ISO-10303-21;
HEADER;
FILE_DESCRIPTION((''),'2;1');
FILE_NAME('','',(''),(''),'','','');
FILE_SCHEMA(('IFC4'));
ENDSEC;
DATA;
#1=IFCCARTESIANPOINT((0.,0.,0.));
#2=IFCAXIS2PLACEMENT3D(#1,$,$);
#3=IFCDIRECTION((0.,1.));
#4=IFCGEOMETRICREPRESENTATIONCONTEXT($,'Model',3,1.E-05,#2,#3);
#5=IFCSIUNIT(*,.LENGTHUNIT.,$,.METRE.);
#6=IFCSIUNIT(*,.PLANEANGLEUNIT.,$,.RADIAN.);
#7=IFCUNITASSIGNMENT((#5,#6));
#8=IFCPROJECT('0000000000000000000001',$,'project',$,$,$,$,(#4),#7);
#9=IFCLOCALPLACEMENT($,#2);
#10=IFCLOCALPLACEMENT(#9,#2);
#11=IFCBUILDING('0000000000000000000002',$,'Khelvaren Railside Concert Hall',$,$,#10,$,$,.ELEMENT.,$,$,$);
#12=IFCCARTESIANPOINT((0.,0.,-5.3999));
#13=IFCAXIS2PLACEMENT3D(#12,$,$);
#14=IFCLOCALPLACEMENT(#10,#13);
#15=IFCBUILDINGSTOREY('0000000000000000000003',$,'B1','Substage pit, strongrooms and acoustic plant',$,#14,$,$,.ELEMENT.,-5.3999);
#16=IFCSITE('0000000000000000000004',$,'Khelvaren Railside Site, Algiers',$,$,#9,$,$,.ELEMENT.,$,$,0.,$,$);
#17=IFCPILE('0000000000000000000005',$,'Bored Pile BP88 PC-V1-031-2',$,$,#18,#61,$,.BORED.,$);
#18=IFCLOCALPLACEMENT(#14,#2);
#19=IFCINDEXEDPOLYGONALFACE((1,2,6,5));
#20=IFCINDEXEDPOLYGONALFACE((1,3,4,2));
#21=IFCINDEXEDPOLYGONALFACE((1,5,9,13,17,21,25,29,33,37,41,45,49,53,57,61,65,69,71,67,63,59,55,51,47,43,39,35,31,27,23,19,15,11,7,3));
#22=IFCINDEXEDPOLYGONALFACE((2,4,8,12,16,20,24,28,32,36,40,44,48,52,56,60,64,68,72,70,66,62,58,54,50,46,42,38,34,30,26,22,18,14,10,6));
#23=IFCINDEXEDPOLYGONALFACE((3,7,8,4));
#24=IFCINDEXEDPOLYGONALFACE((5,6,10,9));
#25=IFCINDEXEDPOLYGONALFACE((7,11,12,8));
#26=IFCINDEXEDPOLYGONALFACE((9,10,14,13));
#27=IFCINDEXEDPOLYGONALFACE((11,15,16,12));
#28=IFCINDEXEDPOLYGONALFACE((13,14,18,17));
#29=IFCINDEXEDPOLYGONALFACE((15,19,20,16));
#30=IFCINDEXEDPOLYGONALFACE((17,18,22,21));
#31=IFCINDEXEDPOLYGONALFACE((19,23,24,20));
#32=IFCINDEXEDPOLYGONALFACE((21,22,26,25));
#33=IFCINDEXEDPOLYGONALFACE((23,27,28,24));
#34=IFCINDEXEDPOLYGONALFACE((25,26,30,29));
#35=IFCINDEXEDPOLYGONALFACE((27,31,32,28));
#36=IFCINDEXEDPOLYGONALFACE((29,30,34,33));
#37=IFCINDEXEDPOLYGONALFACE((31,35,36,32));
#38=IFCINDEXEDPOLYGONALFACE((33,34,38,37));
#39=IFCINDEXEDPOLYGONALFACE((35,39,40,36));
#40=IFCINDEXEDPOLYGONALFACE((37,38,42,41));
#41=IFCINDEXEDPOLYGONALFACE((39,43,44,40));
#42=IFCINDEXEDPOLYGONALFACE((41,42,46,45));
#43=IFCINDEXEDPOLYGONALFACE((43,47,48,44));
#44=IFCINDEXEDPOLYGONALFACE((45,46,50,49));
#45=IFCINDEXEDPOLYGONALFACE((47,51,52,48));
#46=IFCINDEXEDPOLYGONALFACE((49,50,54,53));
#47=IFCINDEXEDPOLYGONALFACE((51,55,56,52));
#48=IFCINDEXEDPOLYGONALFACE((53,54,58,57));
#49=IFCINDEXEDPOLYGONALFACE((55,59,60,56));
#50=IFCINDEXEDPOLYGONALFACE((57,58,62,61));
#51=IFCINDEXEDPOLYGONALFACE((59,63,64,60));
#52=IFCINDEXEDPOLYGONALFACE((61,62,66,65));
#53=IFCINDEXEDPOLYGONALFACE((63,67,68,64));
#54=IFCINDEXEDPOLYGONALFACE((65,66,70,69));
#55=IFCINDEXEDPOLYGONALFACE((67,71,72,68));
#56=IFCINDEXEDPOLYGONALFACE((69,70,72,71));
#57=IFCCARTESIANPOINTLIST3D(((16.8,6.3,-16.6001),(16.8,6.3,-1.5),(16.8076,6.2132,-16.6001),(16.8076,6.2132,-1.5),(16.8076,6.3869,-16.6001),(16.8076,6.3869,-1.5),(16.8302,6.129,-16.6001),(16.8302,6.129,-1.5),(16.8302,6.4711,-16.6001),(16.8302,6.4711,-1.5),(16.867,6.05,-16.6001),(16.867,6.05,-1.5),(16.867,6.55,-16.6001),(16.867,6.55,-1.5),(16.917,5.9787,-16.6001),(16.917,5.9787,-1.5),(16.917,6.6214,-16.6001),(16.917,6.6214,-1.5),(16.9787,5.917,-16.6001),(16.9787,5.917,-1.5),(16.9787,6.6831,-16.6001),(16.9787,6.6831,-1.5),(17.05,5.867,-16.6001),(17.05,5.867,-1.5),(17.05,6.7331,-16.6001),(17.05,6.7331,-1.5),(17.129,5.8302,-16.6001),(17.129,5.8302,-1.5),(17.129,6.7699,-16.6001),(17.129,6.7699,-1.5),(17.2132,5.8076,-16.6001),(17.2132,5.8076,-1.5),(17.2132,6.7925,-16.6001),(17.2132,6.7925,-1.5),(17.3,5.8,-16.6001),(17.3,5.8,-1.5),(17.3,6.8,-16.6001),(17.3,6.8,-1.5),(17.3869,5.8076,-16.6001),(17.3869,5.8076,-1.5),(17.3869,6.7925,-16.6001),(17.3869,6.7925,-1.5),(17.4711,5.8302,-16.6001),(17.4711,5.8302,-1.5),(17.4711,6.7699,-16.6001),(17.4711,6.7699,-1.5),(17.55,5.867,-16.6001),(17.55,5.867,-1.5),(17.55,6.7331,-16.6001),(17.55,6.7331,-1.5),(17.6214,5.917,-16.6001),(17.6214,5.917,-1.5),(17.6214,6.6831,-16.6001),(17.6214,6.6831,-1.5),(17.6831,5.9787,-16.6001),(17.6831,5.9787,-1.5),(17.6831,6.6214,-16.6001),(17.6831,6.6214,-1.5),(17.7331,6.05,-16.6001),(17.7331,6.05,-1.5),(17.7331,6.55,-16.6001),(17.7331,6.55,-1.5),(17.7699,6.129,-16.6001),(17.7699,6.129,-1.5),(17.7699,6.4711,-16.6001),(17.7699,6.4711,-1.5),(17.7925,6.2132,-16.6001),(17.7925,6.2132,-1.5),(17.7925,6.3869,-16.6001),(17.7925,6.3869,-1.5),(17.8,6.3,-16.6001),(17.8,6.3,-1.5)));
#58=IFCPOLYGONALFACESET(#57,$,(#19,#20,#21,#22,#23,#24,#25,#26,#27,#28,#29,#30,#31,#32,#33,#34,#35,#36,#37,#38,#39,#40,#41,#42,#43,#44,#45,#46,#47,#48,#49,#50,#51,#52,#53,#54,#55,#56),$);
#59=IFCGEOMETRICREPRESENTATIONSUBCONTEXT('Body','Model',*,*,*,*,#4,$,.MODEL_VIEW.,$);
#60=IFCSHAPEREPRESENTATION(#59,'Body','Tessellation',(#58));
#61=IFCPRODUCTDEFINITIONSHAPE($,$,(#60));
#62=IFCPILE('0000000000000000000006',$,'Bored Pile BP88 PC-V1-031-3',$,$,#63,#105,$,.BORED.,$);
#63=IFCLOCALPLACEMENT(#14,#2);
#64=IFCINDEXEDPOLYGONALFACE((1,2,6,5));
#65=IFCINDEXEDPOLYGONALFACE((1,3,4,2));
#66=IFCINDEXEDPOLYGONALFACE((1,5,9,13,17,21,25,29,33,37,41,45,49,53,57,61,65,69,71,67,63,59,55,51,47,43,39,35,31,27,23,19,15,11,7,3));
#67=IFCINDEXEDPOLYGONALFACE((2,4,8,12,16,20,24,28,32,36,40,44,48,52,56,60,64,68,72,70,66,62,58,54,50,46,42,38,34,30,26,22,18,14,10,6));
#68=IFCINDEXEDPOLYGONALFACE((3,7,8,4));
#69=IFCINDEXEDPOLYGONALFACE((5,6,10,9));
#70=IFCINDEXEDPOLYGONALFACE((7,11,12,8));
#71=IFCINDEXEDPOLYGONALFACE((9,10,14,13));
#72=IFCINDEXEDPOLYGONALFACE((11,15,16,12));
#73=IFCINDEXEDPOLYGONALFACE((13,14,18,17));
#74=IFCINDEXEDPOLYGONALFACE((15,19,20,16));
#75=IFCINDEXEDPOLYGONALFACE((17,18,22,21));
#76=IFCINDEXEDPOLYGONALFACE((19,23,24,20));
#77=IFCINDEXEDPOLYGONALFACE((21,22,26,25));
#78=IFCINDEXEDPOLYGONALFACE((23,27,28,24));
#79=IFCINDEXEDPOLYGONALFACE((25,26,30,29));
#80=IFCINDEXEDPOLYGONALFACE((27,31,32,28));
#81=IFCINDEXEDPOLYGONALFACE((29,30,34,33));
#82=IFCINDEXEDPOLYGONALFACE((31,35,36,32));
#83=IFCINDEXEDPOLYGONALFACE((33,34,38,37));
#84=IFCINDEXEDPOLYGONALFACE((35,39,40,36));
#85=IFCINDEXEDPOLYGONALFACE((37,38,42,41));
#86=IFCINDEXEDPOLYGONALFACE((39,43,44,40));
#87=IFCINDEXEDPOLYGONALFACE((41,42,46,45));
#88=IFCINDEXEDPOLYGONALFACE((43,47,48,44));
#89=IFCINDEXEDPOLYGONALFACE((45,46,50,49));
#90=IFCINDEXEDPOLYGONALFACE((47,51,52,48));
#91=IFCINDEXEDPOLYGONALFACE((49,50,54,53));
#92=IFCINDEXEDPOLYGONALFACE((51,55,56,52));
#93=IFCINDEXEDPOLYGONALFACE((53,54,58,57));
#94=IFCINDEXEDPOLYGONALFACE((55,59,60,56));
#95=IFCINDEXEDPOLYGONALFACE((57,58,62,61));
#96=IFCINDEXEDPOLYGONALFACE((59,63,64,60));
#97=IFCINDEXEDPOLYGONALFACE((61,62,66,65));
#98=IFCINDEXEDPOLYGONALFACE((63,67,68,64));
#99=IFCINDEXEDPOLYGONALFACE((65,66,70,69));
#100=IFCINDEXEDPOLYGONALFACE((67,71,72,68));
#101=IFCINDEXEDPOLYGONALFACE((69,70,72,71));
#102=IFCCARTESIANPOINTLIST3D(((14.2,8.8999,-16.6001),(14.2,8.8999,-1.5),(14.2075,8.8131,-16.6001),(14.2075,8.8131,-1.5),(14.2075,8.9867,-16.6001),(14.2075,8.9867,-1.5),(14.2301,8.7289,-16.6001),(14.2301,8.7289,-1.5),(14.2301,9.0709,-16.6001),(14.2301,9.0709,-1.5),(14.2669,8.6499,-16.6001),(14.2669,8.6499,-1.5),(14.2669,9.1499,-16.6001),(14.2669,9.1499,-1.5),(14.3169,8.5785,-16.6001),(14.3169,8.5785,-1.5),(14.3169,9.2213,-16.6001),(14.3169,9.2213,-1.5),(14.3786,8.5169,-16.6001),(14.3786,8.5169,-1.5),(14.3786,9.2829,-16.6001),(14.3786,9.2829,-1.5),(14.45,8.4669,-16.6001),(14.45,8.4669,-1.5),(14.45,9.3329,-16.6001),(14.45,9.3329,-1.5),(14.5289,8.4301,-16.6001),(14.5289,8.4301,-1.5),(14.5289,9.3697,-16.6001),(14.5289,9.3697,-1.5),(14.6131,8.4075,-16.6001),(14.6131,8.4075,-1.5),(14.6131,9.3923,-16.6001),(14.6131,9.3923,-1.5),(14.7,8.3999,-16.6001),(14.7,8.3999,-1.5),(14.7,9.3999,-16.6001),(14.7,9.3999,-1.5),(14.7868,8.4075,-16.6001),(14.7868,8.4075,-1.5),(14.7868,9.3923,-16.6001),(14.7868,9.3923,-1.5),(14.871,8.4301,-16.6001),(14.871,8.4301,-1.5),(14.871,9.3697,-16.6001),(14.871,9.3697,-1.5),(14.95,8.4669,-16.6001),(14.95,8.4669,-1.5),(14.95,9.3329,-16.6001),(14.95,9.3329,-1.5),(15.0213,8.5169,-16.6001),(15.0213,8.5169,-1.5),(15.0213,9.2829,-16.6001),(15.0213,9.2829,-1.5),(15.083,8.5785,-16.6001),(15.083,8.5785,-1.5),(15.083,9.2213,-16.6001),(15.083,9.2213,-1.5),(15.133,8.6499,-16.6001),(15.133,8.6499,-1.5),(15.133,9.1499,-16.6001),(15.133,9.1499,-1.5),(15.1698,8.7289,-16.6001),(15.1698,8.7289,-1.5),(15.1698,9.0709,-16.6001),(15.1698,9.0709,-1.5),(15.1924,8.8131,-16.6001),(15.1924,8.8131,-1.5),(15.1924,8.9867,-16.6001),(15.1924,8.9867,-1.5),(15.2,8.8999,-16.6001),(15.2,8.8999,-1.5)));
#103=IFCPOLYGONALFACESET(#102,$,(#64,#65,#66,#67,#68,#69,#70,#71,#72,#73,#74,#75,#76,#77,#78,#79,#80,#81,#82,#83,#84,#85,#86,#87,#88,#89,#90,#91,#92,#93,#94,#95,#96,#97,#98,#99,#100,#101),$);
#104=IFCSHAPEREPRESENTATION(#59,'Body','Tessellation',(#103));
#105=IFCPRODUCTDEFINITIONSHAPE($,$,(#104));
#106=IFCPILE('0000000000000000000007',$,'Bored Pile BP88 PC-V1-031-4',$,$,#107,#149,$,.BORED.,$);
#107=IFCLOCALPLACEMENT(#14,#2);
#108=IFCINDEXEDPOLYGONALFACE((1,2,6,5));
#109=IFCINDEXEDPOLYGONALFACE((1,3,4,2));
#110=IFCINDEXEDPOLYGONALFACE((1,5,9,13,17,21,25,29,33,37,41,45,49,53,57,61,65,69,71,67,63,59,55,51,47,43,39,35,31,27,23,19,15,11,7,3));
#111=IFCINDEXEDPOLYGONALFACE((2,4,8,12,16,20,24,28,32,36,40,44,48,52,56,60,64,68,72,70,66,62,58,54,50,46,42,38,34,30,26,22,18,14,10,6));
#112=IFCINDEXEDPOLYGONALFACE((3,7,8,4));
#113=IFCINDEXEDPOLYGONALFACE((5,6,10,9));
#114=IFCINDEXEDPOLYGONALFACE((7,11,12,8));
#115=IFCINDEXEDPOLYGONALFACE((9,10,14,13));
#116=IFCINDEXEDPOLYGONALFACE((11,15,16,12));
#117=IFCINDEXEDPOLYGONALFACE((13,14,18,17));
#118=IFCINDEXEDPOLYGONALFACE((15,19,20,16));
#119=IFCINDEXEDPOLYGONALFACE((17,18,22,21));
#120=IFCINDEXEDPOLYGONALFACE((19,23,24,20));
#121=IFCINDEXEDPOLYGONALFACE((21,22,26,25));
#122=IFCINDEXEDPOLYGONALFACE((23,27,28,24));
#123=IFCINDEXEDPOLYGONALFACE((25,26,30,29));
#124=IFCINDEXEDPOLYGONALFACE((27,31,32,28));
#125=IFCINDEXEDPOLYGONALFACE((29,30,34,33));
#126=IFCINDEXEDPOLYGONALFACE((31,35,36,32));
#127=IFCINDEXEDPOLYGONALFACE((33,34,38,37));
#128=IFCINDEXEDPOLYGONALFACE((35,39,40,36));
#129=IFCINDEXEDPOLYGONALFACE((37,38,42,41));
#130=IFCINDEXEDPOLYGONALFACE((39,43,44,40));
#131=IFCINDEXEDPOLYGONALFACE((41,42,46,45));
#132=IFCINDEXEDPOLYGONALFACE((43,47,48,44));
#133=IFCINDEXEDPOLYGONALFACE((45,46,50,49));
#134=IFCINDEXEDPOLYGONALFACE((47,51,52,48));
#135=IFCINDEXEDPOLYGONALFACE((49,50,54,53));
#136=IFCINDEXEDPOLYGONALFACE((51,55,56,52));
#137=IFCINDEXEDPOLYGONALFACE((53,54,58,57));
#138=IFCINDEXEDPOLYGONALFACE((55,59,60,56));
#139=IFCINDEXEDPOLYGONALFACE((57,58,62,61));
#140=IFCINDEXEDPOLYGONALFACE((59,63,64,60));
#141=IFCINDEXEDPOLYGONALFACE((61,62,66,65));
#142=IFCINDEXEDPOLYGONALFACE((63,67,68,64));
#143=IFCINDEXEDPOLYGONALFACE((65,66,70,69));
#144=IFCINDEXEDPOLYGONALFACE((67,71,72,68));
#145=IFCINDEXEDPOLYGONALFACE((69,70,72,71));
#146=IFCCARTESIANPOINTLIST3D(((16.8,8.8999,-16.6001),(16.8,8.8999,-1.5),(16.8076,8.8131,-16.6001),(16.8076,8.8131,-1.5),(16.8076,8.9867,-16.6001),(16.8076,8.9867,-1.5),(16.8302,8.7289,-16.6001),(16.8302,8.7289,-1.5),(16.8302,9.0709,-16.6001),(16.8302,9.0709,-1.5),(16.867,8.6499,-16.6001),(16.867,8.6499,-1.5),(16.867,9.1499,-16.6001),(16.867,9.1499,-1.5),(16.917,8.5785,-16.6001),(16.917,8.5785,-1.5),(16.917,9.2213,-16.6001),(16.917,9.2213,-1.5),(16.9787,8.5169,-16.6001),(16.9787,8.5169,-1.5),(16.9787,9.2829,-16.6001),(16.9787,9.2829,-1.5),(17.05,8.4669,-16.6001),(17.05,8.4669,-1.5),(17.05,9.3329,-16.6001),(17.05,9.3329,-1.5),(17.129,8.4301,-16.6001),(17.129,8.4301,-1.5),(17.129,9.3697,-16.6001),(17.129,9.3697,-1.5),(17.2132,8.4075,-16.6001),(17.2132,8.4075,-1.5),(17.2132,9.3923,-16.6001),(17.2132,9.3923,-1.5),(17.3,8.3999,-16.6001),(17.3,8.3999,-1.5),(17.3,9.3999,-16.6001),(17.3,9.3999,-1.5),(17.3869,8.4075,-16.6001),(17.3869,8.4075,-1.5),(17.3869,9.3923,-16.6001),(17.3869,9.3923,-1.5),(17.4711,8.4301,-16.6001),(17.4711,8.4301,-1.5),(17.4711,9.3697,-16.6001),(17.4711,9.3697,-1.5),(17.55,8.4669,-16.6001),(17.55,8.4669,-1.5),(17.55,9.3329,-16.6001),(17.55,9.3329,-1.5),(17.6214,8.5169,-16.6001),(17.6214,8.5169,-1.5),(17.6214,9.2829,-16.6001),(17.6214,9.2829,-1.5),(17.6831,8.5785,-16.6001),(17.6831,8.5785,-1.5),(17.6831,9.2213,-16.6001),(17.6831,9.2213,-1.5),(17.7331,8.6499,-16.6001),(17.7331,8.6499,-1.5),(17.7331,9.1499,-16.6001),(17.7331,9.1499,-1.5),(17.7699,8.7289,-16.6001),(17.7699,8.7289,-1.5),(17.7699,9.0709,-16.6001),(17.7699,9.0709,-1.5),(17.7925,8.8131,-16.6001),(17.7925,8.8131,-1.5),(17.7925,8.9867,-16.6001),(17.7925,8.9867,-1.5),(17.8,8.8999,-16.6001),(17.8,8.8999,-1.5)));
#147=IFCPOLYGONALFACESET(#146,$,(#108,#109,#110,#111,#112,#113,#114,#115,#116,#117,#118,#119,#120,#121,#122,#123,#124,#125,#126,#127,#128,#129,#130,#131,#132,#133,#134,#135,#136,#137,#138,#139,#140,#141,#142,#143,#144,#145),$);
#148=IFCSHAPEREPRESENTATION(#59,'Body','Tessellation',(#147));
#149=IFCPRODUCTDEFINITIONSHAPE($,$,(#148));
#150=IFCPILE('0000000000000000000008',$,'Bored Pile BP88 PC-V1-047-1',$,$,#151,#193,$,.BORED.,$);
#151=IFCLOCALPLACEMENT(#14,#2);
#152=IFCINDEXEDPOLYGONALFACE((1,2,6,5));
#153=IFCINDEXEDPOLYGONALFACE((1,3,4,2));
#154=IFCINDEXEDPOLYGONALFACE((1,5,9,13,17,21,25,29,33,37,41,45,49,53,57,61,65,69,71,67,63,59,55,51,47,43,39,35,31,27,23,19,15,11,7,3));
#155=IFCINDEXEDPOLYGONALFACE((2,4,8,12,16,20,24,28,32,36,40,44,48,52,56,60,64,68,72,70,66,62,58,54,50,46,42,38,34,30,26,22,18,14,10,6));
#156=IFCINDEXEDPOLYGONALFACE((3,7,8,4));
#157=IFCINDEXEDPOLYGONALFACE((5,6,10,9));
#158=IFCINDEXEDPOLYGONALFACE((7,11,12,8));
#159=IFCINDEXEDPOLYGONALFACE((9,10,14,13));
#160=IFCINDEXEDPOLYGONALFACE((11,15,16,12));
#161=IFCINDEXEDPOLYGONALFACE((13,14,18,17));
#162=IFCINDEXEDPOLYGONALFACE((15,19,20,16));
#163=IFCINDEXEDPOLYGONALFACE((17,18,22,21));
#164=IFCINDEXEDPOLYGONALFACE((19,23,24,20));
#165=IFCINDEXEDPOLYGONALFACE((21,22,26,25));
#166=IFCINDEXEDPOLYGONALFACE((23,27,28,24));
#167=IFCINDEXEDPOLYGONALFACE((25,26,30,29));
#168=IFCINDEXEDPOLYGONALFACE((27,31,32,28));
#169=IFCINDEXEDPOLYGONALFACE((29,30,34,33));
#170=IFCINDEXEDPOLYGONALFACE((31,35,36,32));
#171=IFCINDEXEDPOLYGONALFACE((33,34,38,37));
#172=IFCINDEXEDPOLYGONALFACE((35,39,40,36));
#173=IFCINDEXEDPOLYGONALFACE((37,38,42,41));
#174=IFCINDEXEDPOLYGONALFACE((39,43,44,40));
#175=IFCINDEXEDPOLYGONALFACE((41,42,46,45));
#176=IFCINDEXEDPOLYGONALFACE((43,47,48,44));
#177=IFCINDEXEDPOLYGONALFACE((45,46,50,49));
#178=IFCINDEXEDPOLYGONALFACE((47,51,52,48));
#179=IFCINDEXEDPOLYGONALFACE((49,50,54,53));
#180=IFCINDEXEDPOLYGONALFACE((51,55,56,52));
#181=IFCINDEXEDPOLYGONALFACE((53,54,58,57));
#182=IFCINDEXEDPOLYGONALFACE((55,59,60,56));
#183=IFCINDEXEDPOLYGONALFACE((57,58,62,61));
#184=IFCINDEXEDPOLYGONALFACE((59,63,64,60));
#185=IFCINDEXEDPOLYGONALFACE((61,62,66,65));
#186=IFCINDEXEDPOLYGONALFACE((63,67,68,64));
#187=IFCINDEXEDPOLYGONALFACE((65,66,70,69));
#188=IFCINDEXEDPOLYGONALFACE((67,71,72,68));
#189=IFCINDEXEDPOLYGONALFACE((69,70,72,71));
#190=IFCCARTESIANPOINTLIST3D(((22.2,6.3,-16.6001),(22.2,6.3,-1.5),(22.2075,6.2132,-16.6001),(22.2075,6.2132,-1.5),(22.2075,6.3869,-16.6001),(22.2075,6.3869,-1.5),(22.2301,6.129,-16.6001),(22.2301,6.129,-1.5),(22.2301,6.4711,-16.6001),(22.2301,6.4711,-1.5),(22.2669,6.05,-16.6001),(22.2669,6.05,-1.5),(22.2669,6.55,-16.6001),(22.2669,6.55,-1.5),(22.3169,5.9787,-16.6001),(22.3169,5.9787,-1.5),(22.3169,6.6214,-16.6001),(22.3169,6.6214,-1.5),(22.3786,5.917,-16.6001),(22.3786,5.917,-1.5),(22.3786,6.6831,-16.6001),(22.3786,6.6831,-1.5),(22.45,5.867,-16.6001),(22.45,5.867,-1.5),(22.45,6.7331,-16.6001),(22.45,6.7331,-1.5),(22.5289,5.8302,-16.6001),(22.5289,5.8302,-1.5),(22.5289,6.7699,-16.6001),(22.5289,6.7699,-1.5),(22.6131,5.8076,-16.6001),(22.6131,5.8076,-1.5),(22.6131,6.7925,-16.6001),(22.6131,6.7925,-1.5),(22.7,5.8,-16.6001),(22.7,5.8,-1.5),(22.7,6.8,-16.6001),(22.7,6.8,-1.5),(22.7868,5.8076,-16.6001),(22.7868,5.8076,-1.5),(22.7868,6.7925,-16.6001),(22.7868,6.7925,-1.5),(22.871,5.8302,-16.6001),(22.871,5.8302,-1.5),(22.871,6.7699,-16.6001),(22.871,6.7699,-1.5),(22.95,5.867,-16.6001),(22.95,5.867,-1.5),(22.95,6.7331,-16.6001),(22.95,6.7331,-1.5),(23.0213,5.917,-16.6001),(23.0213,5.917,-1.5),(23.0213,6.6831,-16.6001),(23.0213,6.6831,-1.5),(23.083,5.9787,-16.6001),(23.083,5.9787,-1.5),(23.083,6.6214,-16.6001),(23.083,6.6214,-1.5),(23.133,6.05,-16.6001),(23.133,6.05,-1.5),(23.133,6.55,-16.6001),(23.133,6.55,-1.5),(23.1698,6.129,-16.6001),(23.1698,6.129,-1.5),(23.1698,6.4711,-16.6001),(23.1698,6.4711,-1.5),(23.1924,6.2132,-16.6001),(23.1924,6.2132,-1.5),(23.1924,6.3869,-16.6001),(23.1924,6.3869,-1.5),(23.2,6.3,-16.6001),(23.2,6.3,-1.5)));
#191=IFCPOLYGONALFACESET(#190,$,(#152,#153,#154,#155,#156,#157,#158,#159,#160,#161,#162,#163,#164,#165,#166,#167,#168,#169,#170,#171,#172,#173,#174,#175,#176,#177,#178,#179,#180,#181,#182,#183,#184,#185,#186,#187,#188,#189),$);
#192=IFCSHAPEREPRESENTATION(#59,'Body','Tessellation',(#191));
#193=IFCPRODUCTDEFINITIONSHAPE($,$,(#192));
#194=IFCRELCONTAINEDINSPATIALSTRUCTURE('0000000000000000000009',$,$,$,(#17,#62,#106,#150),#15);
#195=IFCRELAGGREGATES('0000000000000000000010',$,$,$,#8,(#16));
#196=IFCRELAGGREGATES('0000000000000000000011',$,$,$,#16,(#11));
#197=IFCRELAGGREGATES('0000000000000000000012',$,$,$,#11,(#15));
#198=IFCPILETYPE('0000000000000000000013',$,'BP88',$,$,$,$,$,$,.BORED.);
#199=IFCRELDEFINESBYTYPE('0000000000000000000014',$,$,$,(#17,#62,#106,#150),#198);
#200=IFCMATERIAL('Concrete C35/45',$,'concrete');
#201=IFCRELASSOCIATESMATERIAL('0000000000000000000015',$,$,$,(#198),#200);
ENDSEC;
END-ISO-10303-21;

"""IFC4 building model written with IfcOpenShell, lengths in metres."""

from ifc_helpers import new_model, si_unit, direction, frame, origin, origin_2d, place, context, subcontext, project, spatial, circle, extrude, material, material_profile, profile_set, type_object, element, save


model = new_model("IFC4")

# Units and contexts
model_context = context("Model", 3, precision=1e-05, world=origin(), true_north=direction((0.0, 1.0)))
body_context = subcontext(model_context, "Body", "Model", "MODEL_VIEW")
ifc_project = project(units=[si_unit("LENGTHUNIT", "METRE"), si_unit("PLANEANGLEUNIT", "RADIAN")], contexts=[model_context])

# Site, building, storey
site_placement = place(None, origin())
site = spatial("IfcSite", under=ifc_project, at=site_placement, Name="Khelvaren Railside Site, Algiers", CompositionType="ELEMENT", RefElevation=0.0)
building_placement = place(site_placement, origin())
building = spatial("IfcBuilding", under=site, at=building_placement, Name="Khelvaren Railside Concert Hall", CompositionType="ELEMENT")
storey_placement = place(building_placement, frame((0.0, 0.0, -5.3999)))
storey = spatial("IfcBuildingStorey", under=building, at=storey_placement, Name="B1", Description="Substage pit, strongrooms and acoustic plant", CompositionType="ELEMENT", Elevation=-5.3999)

# Piles
ifc_material_1 = material(Name="Concrete C35/45", Category="concrete")
ifc_material_profile_1 = material_profile(ifc_material_1, circle(Radius=0.5, at=origin_2d()), Name="BP D1000")
ifc_profile_set_1 = profile_set([ifc_material_profile_1], Name="Concrete C35/45")
pile_type_1 = type_object("IfcPileType", Name="BP88", PredefinedType="BORED", material=ifc_profile_set_1)
for number, where, z_axis, x_axis, name in (
    (1, (17.3, 6.3, -1.5), (0.0, 0.0, -1.0), (1.0, 0.0, 0.0), "Bored Pile BP88 PC-V1-031-2"),
    (2, (14.7, 8.8999, -1.5), (0.0, 0.0, -1.0), (1.0, 0.0, 0.0), "Bored Pile BP88 PC-V1-031-3"),
    (3, (17.3, 8.8999, -1.5), (0.0, 0.0, -1.0), (1.0, 0.0, 0.0), "Bored Pile BP88 PC-V1-031-4"),
    (4, (22.7, 6.3, -1.5), (0.0, 0.0, -1.0), (1.0, 0.0, 0.0), "Bored Pile BP88 PC-V1-047-1"),
):
    element("IfcPile", number, at=place(storey_placement, frame(where, z_axis=z_axis, x_axis=x_axis)), inside=storey, type_object=pile_type_1, Name=name, PredefinedType="BORED", context=body_context, shape_type="SweptSolid", body=[
        extrude(circle(Radius=0.5, at=origin_2d()), origin(), (0.0, 0.0, 1.0), 15.1001),
    ])

save(model, "model.ifc")
